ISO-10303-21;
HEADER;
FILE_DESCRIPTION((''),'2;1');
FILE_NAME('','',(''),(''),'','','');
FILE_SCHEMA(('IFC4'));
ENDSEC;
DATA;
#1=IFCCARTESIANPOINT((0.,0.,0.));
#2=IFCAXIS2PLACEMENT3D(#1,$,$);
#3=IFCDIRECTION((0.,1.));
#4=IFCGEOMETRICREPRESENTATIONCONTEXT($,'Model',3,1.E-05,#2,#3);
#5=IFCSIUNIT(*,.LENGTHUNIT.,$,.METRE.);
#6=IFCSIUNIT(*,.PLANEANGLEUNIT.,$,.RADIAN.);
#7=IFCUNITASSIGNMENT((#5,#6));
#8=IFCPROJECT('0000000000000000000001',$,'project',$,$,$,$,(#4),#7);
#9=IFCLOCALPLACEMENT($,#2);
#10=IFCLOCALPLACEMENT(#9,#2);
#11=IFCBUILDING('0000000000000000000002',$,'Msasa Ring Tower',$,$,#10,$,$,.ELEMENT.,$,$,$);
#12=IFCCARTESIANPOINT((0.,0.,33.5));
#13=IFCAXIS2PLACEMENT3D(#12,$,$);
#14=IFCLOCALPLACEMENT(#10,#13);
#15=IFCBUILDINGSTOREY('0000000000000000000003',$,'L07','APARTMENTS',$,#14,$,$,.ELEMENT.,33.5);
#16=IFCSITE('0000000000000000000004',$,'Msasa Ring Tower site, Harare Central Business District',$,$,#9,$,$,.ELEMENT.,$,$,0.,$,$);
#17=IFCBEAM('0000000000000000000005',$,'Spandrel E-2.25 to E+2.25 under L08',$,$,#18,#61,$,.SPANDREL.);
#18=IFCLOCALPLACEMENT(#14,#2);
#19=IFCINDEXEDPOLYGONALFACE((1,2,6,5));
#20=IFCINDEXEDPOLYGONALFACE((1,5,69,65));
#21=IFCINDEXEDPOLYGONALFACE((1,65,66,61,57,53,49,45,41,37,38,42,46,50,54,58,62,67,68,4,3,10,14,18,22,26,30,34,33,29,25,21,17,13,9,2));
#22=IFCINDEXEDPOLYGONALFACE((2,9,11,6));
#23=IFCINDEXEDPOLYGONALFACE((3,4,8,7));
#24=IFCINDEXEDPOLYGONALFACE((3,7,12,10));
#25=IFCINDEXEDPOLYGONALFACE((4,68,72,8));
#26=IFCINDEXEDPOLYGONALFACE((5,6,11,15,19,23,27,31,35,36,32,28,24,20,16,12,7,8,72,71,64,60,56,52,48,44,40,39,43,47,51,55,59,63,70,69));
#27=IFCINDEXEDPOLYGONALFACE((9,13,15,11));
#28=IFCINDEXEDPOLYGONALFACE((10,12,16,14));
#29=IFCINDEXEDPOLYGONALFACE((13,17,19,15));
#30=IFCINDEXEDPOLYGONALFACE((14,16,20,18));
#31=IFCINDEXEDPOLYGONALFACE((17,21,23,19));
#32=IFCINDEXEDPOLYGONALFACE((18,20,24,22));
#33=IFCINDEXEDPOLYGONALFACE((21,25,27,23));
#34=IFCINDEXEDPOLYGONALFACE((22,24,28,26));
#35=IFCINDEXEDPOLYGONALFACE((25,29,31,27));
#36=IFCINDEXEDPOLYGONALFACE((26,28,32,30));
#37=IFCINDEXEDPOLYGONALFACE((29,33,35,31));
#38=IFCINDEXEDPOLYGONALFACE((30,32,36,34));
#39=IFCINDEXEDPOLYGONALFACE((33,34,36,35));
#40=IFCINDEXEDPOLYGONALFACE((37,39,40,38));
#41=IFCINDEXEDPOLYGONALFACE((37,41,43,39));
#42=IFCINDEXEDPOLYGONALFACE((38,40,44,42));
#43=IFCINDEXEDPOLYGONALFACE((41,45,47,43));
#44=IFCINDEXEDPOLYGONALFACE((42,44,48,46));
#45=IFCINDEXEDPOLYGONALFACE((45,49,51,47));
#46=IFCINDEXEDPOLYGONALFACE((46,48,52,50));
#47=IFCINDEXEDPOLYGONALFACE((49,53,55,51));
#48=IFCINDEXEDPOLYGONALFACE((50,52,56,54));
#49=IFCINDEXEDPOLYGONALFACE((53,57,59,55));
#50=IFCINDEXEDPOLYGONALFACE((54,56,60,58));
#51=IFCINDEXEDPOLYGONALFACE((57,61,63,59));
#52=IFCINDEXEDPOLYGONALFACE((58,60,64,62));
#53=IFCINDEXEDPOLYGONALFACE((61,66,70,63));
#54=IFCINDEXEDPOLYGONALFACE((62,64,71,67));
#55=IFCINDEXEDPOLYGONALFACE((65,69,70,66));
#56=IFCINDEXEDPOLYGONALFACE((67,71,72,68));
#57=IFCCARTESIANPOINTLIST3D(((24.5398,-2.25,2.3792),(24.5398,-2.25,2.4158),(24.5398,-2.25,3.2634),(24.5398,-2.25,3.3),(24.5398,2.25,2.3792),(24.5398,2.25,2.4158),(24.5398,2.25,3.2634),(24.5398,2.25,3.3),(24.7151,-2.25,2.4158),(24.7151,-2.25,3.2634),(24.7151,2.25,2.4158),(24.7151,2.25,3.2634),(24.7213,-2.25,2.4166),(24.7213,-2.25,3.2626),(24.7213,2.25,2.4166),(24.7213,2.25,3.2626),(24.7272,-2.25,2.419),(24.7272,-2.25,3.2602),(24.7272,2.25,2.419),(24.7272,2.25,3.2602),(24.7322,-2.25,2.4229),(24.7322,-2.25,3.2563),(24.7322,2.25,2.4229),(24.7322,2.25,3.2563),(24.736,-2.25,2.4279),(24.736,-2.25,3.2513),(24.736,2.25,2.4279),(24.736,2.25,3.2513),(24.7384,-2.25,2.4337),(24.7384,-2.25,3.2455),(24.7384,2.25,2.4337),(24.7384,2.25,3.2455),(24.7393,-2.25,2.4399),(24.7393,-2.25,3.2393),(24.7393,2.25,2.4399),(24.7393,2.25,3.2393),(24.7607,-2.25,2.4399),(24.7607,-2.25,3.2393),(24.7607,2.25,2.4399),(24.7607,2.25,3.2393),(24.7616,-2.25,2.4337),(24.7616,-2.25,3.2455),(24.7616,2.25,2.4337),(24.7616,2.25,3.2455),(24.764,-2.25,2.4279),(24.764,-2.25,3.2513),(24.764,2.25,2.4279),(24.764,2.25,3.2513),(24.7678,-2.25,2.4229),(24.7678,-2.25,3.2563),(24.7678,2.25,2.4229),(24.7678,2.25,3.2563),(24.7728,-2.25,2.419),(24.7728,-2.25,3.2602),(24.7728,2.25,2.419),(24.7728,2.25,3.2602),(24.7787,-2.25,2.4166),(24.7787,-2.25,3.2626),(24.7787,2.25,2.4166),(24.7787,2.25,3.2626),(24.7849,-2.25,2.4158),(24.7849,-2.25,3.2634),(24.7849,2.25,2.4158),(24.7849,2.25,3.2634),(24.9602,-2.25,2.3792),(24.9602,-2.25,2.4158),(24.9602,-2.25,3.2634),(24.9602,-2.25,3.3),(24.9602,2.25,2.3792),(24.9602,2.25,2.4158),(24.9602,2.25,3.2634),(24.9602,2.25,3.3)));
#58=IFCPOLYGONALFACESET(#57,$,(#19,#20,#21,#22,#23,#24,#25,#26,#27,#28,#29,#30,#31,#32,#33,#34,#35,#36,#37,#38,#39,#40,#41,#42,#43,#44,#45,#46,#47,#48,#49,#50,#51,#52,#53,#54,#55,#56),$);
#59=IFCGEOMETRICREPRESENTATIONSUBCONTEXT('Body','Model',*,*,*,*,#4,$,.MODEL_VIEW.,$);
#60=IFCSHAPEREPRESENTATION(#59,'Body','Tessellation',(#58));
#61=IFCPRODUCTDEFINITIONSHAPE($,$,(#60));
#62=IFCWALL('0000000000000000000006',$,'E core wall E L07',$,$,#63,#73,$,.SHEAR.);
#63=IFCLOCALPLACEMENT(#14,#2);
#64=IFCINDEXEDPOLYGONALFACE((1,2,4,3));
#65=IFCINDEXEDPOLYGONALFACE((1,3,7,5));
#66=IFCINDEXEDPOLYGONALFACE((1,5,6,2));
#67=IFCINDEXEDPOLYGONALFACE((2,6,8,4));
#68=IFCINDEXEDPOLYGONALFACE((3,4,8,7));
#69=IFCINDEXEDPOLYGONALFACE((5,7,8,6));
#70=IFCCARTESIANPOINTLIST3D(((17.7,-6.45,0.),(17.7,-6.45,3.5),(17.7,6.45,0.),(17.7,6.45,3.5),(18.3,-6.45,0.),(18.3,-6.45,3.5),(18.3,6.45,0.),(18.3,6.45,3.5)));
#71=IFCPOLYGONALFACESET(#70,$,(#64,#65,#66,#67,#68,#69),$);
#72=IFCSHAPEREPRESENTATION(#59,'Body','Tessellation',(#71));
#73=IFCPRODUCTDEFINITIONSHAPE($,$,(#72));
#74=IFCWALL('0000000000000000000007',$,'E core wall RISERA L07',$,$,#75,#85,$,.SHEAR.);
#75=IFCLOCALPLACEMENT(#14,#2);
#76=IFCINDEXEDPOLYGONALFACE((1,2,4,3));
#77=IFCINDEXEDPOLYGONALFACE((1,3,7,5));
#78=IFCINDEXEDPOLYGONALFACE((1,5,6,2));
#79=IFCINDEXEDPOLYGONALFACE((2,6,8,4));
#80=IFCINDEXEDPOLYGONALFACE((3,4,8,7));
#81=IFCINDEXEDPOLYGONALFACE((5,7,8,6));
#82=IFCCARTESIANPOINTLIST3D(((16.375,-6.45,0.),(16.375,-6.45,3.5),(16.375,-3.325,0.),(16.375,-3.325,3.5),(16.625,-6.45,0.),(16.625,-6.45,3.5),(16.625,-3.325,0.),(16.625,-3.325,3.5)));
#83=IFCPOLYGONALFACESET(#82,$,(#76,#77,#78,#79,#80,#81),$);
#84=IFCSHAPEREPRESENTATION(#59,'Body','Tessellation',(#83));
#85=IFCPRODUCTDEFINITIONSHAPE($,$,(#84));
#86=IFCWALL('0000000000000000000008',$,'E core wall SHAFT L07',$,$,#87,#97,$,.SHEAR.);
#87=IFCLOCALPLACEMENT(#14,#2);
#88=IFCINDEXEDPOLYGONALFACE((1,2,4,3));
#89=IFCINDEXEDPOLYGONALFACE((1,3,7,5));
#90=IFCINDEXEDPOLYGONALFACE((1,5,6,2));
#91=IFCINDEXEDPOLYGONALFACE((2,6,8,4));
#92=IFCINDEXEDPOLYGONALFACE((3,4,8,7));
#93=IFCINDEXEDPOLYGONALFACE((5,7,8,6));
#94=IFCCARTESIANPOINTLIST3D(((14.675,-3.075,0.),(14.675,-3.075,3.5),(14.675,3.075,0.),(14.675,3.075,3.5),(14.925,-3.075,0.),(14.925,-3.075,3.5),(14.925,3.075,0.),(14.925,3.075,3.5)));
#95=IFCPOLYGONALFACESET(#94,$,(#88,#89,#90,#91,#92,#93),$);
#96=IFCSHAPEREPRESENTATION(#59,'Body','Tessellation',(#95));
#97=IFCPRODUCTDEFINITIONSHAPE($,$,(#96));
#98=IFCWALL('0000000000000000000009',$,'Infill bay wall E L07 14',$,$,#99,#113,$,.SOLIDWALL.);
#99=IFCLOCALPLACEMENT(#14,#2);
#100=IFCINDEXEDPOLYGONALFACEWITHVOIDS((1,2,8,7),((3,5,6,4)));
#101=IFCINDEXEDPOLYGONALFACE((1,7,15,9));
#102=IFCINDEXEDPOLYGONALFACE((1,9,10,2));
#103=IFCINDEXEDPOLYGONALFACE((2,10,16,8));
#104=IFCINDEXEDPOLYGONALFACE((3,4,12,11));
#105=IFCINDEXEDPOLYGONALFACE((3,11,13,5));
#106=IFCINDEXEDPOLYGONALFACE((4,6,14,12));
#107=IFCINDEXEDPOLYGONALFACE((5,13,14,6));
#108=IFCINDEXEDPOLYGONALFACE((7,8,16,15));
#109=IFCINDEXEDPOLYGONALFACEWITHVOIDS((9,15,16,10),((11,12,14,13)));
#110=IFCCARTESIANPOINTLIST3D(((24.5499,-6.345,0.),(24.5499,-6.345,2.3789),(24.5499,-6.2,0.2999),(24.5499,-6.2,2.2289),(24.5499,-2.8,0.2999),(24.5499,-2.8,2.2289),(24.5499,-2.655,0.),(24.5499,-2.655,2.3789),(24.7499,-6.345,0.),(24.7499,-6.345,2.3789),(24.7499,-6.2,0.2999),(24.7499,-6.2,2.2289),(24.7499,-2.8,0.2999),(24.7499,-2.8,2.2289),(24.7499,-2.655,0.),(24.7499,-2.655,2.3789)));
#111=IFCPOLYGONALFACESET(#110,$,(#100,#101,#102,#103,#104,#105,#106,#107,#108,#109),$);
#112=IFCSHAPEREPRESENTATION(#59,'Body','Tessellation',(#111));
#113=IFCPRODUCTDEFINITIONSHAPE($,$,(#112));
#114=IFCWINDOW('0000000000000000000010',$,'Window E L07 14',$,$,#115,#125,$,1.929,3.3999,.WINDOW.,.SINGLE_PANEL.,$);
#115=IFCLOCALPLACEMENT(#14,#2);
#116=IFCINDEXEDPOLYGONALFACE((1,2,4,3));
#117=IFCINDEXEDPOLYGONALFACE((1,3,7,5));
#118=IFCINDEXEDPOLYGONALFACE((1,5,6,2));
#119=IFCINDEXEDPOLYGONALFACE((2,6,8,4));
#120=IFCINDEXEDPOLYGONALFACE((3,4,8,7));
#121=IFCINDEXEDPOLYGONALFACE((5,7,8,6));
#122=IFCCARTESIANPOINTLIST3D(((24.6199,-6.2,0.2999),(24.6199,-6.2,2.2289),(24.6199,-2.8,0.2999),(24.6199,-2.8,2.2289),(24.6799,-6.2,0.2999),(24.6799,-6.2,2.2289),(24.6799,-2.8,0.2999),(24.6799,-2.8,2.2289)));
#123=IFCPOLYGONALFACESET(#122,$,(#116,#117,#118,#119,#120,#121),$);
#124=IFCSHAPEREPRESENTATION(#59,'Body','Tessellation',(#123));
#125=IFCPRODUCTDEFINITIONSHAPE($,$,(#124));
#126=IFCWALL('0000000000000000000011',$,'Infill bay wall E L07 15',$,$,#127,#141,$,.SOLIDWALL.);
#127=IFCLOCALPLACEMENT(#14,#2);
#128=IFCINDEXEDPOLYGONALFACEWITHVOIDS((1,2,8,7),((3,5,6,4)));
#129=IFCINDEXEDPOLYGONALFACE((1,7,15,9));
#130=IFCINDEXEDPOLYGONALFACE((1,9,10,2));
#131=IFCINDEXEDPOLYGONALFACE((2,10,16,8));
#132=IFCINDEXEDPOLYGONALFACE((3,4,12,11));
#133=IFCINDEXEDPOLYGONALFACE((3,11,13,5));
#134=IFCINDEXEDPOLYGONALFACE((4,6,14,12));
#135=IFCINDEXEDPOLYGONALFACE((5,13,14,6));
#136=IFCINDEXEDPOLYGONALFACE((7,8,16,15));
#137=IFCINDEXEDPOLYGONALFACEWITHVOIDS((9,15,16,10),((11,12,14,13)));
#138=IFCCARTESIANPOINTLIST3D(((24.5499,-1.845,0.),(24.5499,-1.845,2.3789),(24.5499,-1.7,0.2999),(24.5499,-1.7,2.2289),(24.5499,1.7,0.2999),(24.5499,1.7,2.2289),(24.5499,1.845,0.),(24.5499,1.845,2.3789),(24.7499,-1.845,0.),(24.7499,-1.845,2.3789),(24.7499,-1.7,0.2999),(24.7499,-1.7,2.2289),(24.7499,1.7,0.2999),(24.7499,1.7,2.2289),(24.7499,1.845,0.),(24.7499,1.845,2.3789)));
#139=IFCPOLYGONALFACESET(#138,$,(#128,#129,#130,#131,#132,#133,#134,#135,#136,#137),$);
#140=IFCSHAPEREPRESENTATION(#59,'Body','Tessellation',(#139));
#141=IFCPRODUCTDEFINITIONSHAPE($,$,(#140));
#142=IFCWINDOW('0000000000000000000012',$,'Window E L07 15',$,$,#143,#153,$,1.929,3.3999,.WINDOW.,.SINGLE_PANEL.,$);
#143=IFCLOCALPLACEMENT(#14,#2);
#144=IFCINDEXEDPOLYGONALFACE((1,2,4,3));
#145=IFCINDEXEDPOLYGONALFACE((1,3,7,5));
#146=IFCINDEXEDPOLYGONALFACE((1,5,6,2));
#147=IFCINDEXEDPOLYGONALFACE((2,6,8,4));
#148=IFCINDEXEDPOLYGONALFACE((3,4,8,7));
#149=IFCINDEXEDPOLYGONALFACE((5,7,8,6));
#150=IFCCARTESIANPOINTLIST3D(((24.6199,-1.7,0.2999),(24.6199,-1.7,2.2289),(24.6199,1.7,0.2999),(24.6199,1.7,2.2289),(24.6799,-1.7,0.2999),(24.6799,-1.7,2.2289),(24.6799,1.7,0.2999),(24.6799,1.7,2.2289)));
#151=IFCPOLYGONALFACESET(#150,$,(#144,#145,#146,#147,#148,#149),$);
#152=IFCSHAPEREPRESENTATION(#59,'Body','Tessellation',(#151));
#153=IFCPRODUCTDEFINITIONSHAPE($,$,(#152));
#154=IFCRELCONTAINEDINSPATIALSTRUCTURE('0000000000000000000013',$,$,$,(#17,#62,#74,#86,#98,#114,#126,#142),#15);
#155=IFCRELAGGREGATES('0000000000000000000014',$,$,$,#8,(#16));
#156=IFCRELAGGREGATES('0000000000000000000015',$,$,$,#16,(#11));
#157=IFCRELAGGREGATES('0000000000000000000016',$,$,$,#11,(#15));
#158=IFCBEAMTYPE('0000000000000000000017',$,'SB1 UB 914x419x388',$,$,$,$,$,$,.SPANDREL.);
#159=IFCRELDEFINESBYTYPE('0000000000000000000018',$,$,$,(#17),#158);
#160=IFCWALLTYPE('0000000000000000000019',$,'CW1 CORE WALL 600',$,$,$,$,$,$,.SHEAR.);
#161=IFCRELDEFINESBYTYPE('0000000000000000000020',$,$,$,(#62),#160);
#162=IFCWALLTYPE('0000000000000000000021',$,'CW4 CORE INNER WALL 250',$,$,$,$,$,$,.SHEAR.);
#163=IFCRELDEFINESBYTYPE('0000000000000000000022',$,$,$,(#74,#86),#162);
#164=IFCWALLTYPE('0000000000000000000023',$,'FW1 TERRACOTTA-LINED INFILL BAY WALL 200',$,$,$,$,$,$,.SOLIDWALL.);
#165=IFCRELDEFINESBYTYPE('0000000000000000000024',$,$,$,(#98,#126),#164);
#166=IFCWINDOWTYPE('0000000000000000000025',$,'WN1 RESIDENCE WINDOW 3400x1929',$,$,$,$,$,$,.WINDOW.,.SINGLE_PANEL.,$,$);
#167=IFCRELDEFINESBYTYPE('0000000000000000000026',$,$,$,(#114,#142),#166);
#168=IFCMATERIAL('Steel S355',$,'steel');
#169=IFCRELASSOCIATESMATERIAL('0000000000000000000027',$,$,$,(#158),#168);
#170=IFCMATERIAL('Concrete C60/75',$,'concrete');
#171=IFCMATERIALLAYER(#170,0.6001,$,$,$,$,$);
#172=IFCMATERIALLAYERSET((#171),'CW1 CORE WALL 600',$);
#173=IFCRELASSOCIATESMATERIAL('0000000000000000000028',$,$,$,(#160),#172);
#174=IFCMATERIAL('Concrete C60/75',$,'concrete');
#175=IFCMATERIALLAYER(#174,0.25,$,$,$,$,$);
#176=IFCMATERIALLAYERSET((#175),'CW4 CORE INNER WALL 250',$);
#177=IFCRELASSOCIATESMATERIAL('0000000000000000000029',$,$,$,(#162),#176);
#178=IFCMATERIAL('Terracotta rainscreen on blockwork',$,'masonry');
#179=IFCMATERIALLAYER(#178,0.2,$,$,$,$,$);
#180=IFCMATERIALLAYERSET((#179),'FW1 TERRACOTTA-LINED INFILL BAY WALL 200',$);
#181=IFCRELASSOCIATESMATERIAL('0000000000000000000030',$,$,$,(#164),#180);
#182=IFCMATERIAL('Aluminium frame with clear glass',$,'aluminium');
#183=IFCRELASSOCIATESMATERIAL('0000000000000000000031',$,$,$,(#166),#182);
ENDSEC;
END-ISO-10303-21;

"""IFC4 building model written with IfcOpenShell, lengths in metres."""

from ifc_helpers import new_model, si_unit, direction, frame, frame_2d, origin, origin_2d, place, context, subcontext, project, spatial, rectangle, i_section, extrude, material, layer, layer_set, material_profile, profile_set, type_object, element, fill, save


model = new_model("IFC4")

# Units and contexts
model_context = context("Model", 3, precision=1e-05, world=origin(), true_north=direction((0.0, 1.0)))
body_context = subcontext(model_context, "Body", "Model", "MODEL_VIEW")
ifc_project = project(units=[si_unit("LENGTHUNIT", "METRE"), si_unit("PLANEANGLEUNIT", "RADIAN")], contexts=[model_context])

# Site, building, storey
site_placement = place(None, origin())
site = spatial("IfcSite", under=ifc_project, at=site_placement, Name="Msasa Ring Tower site, Harare Central Business District", CompositionType="ELEMENT", RefElevation=0.0)
building_placement = place(site_placement, origin())
building = spatial("IfcBuilding", under=site, at=building_placement, Name="Msasa Ring Tower", CompositionType="ELEMENT")
storey_placement = place(building_placement, frame((0.0, 0.0, 33.5)))
storey = spatial("IfcBuildingStorey", under=building, at=storey_placement, Name="L07", Description="APARTMENTS", CompositionType="ELEMENT", Elevation=33.5)

# Beam
ifc_material_1 = material(Name="Steel S355", Category="steel")
ifc_material_profile_1 = material_profile(ifc_material_1, i_section(OverallWidth=0.4204, OverallDepth=0.9209, WebThickness=0.0215, FlangeThickness=0.0366, FilletRadius=0.0242, at=origin_2d()), Name="UB 914x419x388")
ifc_profile_set_1 = profile_set([ifc_material_profile_1], Name="Steel S355")
beam_type_1 = type_object("IfcBeamType", Name="SB1 UB 914x419x388", PredefinedType="SPANDREL", material=ifc_profile_set_1)
for number, where, z_axis, x_axis, name in (
    (1, (24.75, -2.25, 2.8396), (0.0, 1.0, 0.0), (-1.0, 0.0, 0.0), "Spandrel E-2.25 to E+2.25 under L08"),
):
    element("IfcBeam", number, at=place(storey_placement, frame(where, z_axis=z_axis, x_axis=x_axis)), inside=storey, type_object=beam_type_1, Name=name, PredefinedType="SPANDREL", context=body_context, shape_type="SweptSolid", body=[
        extrude(i_section(OverallWidth=0.4204, OverallDepth=0.9209, WebThickness=0.0215, FlangeThickness=0.0366, FilletRadius=0.0242, at=origin_2d()), origin(), (0.0, 0.0, 1.0), 4.5),
    ])

# Walls
ifc_material_2 = material(Name="Concrete C60/75", Category="concrete")
ifc_layer_1 = layer(ifc_material_2, 0.6001)
ifc_layer_set_1 = layer_set([ifc_layer_1], Name="CW1 CORE WALL 600")
wall_type_1 = type_object("IfcWallType", Name="CW1 CORE WALL 600", PredefinedType="SHEAR", material=ifc_layer_set_1)
wall_1_placement = place(storey_placement, frame((18.0, -6.45, 0.0), z_axis=(0.0, 0.0, 1.0), x_axis=(0.0, 1.0, 0.0)))
element("IfcWall", 2, at=wall_1_placement, inside=storey, type_object=wall_type_1, Name="E core wall E L07", PredefinedType="SHEAR", context=body_context, shape_type="SweptSolid", body=[
    extrude(rectangle(XDim=12.8999, YDim=0.6001, at=frame_2d((6.45, 0.0))), origin(), (0.0, 0.0, 1.0), 3.5),
])
ifc_material_3 = material(Name="Concrete C60/75", Category="concrete")
ifc_layer_2 = layer(ifc_material_3, 0.25)
ifc_layer_set_2 = layer_set([ifc_layer_2], Name="CW4 CORE INNER WALL 250")
wall_type_2 = type_object("IfcWallType", Name="CW4 CORE INNER WALL 250", PredefinedType="SHEAR", material=ifc_layer_set_2)
wall_2_placement = place(storey_placement, frame((16.5, -6.45, 0.0), z_axis=(0.0, 0.0, 1.0), x_axis=(0.0, 1.0, 0.0)))
element("IfcWall", 3, at=wall_2_placement, inside=storey, type_object=wall_type_2, Name="E core wall RISERA L07", PredefinedType="SHEAR", context=body_context, shape_type="SweptSolid", body=[
    extrude(rectangle(XDim=3.125, YDim=0.25, at=frame_2d((1.5625, 0.0))), origin(), (0.0, 0.0, 1.0), 3.5),
])
wall_3_placement = place(storey_placement, frame((14.8, -3.075, 0.0), z_axis=(0.0, 0.0, 1.0), x_axis=(0.0, 1.0, 0.0)))
element("IfcWall", 4, at=wall_3_placement, inside=storey, type_object=wall_type_2, Name="E core wall SHAFT L07", PredefinedType="SHEAR", context=body_context, shape_type="SweptSolid", body=[
    extrude(rectangle(XDim=6.1499, YDim=0.25, at=frame_2d((3.075, 0.0))), origin(), (0.0, 0.0, 1.0), 3.5),
])

# Walls, openings, windows
ifc_material_4 = material(Name="Terracotta rainscreen on blockwork", Category="masonry")
ifc_layer_3 = layer(ifc_material_4, 0.2)
ifc_layer_set_3 = layer_set([ifc_layer_3], Name="FW1 TERRACOTTA-LINED INFILL BAY WALL 200")
wall_type_3 = type_object("IfcWallType", Name="FW1 TERRACOTTA-LINED INFILL BAY WALL 200", PredefinedType="SOLIDWALL", material=ifc_layer_set_3)
wall_4_placement = place(storey_placement, frame((24.6499, -6.345, 0.0), z_axis=(0.0, 0.0, 1.0), x_axis=(0.0, 1.0, 0.0)))
wall_4 = element("IfcWall", 5, at=wall_4_placement, inside=storey, type_object=wall_type_3, Name="Infill bay wall E L07 14", PredefinedType="SOLIDWALL", context=body_context, shape_type="SweptSolid", body=[
    extrude(rectangle(XDim=3.6899, YDim=0.2, at=frame_2d((1.845, 0.0))), origin(), (0.0, 0.0, 1.0), 2.3789),
])
opening_1_placement = place(wall_4_placement, frame((0.145, 0.0, 0.3)))
opening_1 = element("IfcOpeningElement", 6, at=opening_1_placement, cuts=wall_4, PredefinedType="OPENING", context=body_context, shape_type="SweptSolid", body=[
    extrude(rectangle(XDim=3.3999, YDim=1.929, at=frame_2d((1.7, 0.9644))), frame((0.0, 0.1099, 0.0), z_axis=(0.0, -1.0, 0.0), x_axis=(1.0, 0.0, 0.0)), (0.0, 0.0, 1.0), 0.22),
])
ifc_material_5 = material(Name="Aluminium frame with clear glass", Category="aluminium")
window_type = type_object("IfcWindowType", Name="WN1 RESIDENCE WINDOW 3400x1929", PartitioningType="SINGLE_PANEL", PredefinedType="WINDOW", material=ifc_material_5)
window_1_placement = place(opening_1_placement, origin())
window_1 = element("IfcWindow", 7, at=window_1_placement, inside=storey, type_object=window_type, Name="Window E L07 14", OverallHeight=1.929, OverallWidth=3.3999, PartitioningType="SINGLE_PANEL", PredefinedType="WINDOW", context=body_context, shape_type="SweptSolid", body=[
    extrude(rectangle(XDim=3.3999, YDim=1.929, at=frame_2d((1.7, 0.9644))), frame((0.0, 0.03, 0.0), z_axis=(0.0, -1.0, 0.0), x_axis=(1.0, 0.0, 0.0)), (0.0, 0.0, 1.0), 0.0601),
])
fill(opening_1, window_1)
wall_5_placement = place(storey_placement, frame((24.6499, -1.845, 0.0), z_axis=(0.0, 0.0, 1.0), x_axis=(0.0, 1.0, 0.0)))
wall_5 = element("IfcWall", 8, at=wall_5_placement, inside=storey, type_object=wall_type_3, Name="Infill bay wall E L07 15", PredefinedType="SOLIDWALL", context=body_context, shape_type="SweptSolid", body=[
    extrude(rectangle(XDim=3.6899, YDim=0.2, at=frame_2d((1.845, 0.0))), origin(), (0.0, 0.0, 1.0), 2.3789),
])
opening_2_placement = place(wall_5_placement, frame((0.145, 0.0, 0.3)))
opening_2 = element("IfcOpeningElement", 9, at=opening_2_placement, cuts=wall_5, PredefinedType="OPENING", context=body_context, shape_type="SweptSolid", body=[
    extrude(rectangle(XDim=3.3999, YDim=1.929, at=frame_2d((1.7, 0.9644))), frame((0.0, 0.1099, 0.0), z_axis=(0.0, -1.0, 0.0), x_axis=(1.0, 0.0, 0.0)), (0.0, 0.0, 1.0), 0.22),
])
window_2_placement = place(opening_2_placement, origin())
window_2 = element("IfcWindow", 10, at=window_2_placement, inside=storey, type_object=window_type, Name="Window E L07 15", OverallHeight=1.929, OverallWidth=3.3999, PartitioningType="SINGLE_PANEL", PredefinedType="WINDOW", context=body_context, shape_type="SweptSolid", body=[
    extrude(rectangle(XDim=3.3999, YDim=1.929, at=frame_2d((1.7, 0.9644))), frame((0.0, 0.03, 0.0), z_axis=(0.0, -1.0, 0.0), x_axis=(1.0, 0.0, 0.0)), (0.0, 0.0, 1.0), 0.0601),
])
fill(opening_2, window_2)

save(model, "model.ifc")
